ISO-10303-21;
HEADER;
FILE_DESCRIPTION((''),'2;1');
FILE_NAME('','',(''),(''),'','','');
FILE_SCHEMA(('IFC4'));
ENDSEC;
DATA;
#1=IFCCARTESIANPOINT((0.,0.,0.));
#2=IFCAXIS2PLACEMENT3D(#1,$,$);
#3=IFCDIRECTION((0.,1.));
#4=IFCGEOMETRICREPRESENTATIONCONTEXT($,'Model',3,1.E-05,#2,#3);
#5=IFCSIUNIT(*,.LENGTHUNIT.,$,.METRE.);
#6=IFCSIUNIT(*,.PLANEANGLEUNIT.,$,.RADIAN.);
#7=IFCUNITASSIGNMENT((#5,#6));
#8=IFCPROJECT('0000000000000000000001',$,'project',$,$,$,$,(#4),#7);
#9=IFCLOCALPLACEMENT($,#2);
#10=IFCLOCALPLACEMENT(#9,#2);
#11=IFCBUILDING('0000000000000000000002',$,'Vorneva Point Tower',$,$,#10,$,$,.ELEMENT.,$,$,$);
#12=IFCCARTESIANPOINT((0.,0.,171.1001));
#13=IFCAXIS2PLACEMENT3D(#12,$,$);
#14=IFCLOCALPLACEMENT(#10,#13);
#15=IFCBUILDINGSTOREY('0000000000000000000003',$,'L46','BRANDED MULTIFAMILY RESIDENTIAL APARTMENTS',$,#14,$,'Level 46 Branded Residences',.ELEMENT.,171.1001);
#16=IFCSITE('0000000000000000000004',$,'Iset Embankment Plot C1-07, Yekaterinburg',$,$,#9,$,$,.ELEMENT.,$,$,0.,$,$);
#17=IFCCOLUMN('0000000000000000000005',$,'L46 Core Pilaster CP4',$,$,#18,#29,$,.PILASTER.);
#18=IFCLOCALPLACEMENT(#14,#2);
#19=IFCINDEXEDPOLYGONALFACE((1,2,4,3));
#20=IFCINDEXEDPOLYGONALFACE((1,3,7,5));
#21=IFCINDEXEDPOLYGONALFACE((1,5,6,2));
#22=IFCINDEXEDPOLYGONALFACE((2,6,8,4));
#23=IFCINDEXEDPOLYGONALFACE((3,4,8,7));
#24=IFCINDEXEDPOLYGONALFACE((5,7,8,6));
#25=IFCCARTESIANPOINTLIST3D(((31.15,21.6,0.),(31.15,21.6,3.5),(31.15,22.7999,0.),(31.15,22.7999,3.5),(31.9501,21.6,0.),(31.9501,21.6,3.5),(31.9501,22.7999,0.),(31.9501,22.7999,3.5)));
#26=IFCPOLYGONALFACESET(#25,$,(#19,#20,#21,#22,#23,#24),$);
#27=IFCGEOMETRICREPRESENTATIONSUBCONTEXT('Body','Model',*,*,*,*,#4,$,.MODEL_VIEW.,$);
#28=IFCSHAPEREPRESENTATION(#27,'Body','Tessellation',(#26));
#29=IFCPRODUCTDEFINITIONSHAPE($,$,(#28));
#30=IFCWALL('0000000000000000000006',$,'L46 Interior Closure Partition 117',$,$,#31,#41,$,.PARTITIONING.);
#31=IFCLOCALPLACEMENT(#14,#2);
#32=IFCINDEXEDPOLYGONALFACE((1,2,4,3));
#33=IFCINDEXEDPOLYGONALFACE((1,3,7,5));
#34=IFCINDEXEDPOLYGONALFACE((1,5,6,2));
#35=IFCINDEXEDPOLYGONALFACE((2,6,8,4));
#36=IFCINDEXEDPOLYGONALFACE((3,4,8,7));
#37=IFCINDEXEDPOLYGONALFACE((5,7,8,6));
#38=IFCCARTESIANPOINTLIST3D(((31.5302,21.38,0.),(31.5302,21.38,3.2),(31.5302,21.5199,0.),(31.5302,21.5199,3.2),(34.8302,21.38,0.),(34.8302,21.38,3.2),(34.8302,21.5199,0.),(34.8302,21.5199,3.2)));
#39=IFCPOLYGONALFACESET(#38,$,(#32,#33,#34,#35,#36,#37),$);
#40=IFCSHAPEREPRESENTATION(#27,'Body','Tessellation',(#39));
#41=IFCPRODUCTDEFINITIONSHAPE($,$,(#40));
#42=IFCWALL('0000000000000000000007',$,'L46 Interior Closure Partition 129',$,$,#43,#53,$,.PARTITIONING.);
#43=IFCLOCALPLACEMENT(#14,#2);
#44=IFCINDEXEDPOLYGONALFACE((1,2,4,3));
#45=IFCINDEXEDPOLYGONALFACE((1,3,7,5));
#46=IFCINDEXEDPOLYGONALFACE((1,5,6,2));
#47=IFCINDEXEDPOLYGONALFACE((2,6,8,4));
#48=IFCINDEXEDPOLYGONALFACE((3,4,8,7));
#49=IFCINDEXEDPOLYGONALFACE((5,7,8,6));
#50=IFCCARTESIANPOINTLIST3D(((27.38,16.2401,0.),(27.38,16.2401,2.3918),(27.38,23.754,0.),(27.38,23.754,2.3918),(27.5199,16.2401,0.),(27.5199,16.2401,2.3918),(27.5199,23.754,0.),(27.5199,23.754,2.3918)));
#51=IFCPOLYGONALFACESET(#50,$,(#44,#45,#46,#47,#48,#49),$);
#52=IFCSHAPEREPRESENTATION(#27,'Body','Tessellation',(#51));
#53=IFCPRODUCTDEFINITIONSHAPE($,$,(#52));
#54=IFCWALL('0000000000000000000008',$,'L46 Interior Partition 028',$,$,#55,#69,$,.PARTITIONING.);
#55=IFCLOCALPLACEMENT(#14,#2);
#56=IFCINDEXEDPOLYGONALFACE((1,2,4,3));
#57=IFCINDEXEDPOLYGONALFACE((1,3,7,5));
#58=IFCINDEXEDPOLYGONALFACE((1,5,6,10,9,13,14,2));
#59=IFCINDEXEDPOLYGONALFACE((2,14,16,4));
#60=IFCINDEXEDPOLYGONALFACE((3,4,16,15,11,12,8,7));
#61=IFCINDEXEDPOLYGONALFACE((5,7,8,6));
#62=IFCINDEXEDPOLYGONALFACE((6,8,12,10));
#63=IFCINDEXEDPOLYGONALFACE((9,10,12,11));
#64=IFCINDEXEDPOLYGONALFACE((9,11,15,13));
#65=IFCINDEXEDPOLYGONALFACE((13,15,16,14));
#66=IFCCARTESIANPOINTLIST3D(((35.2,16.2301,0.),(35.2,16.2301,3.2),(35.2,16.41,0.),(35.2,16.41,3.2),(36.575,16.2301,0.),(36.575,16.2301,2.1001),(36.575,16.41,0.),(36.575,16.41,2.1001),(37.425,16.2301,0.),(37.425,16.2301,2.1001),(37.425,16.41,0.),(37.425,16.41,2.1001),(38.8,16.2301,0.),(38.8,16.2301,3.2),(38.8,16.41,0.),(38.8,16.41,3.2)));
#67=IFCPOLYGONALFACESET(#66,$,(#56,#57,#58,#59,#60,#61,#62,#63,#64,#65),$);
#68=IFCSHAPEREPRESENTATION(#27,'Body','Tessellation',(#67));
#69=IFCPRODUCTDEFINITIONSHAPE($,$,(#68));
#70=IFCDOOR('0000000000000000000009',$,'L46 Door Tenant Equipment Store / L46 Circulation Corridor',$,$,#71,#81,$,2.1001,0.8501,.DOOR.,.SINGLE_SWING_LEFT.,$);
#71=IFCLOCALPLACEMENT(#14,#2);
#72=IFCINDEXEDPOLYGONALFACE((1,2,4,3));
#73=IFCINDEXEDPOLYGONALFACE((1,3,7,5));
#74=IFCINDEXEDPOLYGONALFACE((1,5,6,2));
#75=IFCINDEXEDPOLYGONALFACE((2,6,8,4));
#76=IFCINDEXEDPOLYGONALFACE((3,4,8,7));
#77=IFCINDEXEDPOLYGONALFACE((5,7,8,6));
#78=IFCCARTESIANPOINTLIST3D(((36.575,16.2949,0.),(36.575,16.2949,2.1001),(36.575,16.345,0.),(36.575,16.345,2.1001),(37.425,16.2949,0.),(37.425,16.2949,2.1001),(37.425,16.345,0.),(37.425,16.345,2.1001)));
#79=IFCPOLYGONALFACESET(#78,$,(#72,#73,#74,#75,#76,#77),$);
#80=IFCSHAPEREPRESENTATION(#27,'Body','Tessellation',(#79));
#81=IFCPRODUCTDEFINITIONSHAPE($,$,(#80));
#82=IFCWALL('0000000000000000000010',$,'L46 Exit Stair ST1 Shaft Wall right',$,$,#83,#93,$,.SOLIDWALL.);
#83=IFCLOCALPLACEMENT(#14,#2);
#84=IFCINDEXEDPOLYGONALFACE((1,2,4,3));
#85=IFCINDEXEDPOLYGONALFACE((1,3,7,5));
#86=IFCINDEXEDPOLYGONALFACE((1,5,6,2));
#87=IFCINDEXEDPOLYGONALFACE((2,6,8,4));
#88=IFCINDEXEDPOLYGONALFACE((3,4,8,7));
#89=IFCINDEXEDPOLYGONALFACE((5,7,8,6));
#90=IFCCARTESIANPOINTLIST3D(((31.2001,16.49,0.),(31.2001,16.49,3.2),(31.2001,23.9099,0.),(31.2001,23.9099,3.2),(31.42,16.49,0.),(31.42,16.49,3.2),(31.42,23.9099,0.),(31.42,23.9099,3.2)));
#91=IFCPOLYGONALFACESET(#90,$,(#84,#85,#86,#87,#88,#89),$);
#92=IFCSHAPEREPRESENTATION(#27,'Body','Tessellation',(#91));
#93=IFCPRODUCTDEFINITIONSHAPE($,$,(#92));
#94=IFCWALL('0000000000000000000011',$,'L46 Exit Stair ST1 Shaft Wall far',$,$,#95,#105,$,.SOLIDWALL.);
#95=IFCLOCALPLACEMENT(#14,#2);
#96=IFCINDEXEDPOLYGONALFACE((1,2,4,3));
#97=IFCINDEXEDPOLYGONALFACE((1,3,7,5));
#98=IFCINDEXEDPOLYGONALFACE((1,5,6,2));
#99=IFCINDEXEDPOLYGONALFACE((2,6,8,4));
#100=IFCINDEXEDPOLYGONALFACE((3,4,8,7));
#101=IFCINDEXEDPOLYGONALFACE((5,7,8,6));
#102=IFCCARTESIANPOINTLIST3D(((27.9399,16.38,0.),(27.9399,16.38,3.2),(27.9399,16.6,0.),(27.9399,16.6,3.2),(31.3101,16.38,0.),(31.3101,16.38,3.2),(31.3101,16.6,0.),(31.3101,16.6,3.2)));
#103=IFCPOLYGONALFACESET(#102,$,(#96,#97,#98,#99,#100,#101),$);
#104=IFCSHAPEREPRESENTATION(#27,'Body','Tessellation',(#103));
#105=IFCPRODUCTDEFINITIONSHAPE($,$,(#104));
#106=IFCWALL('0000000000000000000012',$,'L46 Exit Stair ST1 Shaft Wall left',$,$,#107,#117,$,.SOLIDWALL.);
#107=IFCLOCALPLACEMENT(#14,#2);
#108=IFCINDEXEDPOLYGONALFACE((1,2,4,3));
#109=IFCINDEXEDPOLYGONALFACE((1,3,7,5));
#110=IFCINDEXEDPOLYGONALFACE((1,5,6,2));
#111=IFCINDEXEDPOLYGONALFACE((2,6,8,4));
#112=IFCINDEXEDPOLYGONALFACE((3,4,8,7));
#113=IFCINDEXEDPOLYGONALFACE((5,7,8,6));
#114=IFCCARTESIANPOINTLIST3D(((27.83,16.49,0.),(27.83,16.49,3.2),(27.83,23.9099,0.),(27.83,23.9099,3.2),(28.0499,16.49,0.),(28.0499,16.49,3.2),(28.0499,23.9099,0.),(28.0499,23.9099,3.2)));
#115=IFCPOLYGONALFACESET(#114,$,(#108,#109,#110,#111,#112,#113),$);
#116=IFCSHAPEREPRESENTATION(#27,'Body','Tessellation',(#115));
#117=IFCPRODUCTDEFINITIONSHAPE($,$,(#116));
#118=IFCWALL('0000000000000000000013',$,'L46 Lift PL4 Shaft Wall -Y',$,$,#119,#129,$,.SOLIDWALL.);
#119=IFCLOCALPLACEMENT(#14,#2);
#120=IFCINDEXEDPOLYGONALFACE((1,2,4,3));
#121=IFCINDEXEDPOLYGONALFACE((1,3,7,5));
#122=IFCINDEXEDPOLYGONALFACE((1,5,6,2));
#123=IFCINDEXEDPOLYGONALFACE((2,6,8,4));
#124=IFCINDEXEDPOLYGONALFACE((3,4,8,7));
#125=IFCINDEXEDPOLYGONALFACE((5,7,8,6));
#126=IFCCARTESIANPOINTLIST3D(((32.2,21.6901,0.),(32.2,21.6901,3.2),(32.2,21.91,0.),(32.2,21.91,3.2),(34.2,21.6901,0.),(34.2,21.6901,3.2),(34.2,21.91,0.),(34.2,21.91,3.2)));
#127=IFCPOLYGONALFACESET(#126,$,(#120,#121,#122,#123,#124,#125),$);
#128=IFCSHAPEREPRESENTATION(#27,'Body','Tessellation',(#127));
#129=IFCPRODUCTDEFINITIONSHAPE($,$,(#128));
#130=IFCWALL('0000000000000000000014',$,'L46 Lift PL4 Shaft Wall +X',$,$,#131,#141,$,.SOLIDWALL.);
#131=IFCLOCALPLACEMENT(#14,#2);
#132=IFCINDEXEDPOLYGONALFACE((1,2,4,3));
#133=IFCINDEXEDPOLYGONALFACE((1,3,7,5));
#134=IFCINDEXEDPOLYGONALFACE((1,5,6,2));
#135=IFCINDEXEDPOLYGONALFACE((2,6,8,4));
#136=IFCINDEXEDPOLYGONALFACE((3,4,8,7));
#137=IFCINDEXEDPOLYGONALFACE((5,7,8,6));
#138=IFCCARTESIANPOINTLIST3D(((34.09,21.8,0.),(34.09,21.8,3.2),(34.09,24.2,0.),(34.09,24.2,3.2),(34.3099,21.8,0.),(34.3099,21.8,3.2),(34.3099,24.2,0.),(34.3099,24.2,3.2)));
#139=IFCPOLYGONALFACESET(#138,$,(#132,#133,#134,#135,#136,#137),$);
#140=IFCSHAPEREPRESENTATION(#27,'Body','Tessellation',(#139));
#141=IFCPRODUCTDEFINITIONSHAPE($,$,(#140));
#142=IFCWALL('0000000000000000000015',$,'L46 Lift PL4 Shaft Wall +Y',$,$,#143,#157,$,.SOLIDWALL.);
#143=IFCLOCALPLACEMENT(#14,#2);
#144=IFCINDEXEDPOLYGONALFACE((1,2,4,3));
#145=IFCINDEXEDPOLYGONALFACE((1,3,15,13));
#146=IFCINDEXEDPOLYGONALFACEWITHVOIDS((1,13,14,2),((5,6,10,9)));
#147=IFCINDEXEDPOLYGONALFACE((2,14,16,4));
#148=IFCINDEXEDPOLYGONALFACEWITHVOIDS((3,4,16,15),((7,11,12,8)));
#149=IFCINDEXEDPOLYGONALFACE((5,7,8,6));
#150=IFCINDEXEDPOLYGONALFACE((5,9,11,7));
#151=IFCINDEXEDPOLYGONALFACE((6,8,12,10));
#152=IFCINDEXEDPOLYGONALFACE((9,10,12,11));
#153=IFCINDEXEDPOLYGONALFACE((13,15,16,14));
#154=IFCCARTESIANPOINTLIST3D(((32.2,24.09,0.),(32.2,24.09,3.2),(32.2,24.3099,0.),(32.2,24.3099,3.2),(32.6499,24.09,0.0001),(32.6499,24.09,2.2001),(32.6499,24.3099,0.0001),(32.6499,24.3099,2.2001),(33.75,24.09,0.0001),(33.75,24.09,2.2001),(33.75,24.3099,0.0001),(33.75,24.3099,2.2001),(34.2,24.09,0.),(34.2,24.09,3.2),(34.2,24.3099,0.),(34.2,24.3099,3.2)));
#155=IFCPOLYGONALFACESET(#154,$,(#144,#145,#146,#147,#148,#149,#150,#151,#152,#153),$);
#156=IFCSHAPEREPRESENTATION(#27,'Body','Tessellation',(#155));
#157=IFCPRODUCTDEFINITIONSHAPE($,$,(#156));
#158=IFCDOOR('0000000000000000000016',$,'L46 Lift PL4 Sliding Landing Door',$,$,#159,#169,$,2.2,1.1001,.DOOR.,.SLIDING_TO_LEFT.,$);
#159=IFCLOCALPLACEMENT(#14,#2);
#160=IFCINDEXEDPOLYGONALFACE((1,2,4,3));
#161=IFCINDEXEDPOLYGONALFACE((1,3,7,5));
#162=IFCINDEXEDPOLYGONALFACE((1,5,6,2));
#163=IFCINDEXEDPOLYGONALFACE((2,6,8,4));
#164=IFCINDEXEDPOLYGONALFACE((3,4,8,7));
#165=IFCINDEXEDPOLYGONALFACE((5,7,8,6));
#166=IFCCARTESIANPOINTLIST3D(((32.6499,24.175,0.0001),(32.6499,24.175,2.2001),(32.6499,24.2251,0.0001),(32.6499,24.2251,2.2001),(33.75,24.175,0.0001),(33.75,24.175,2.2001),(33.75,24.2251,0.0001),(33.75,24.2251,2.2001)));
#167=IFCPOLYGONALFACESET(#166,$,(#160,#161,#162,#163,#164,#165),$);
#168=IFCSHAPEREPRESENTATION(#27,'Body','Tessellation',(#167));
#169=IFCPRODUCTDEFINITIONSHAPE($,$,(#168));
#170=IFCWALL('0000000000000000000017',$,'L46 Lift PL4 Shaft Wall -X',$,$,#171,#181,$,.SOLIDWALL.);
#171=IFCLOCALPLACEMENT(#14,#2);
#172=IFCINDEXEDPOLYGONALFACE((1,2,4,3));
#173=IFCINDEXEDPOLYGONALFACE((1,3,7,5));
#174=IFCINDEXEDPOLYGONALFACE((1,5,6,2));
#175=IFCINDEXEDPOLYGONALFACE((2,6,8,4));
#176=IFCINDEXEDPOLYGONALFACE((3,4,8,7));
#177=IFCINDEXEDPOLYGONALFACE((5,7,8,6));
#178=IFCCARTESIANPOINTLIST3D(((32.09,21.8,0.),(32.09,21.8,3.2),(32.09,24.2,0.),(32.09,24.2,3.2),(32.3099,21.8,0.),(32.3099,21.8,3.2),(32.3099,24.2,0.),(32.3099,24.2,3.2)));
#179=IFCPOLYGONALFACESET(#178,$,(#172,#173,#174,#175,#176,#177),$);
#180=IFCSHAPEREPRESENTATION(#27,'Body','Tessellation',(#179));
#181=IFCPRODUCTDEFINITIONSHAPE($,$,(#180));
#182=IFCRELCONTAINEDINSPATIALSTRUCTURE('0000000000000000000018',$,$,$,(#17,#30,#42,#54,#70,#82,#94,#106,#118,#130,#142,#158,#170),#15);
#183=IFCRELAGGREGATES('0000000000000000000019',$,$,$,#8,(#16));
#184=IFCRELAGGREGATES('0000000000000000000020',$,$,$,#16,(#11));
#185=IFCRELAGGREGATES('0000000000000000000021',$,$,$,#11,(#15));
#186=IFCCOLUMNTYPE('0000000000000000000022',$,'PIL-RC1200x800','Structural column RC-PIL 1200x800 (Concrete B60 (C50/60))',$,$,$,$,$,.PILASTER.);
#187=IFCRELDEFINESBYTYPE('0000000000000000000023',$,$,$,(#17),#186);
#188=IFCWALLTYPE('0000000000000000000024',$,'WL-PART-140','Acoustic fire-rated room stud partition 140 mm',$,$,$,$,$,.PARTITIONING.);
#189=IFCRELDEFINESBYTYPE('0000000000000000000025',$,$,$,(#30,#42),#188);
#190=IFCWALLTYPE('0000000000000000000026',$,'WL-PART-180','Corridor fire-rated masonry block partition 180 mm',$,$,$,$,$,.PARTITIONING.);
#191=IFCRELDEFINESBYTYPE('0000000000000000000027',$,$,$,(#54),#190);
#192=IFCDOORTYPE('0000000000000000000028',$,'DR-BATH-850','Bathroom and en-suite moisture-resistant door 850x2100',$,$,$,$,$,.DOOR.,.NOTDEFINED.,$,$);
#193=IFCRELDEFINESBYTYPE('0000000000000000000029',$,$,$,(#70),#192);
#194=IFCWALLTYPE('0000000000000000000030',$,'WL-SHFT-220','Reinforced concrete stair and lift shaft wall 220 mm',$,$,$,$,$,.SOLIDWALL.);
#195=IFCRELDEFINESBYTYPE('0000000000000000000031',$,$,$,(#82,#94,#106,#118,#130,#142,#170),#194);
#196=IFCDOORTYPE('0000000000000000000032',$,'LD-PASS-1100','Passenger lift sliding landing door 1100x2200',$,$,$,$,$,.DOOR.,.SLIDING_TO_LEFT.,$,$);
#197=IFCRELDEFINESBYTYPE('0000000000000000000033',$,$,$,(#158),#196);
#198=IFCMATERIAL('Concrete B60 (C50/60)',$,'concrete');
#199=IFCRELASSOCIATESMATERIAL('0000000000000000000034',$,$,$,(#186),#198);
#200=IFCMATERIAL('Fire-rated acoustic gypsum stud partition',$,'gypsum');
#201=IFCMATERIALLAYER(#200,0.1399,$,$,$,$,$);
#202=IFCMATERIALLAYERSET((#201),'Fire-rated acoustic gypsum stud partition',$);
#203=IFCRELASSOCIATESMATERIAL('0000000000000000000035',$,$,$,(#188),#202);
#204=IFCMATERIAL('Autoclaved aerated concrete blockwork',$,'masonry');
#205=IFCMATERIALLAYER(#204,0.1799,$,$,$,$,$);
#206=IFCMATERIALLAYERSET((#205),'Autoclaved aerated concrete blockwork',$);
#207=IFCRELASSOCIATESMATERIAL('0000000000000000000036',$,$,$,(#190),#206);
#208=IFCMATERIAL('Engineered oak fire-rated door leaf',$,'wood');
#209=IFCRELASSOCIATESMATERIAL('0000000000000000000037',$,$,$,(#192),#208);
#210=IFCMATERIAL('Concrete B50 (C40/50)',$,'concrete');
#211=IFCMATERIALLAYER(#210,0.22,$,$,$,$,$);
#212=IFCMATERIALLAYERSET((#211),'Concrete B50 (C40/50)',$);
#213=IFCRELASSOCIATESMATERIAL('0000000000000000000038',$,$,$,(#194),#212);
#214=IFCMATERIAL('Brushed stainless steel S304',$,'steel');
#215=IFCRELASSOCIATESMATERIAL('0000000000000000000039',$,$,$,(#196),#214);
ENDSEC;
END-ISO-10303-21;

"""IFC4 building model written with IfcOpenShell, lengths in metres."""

from ifc_helpers import new_model, si_unit, direction, frame, frame_2d, origin, origin_2d, place, context, subcontext, project, spatial, rectangle, extrude, material, layer, layer_set, material_profile, profile_set, type_object, element, fill, save


model = new_model("IFC4")

# Units and contexts
model_context = context("Model", 3, precision=1e-05, world=origin(), true_north=direction((0.0, 1.0)))
body_context = subcontext(model_context, "Body", "Model", "MODEL_VIEW")
ifc_project = project(units=[si_unit("LENGTHUNIT", "METRE"), si_unit("PLANEANGLEUNIT", "RADIAN")], contexts=[model_context])

# Site, building, storey
site_placement = place(None, origin())
site = spatial("IfcSite", under=ifc_project, at=site_placement, Name="Iset Embankment Plot C1-07, Yekaterinburg", CompositionType="ELEMENT", RefElevation=0.0)
building_placement = place(site_placement, origin())
building = spatial("IfcBuilding", under=site, at=building_placement, Name="Vorneva Point Tower", CompositionType="ELEMENT")
storey_placement = place(building_placement, frame((0.0, 0.0, 171.1001)))
storey = spatial("IfcBuildingStorey", under=building, at=storey_placement, Name="L46", Description="BRANDED MULTIFAMILY RESIDENTIAL APARTMENTS", LongName="Level 46 Branded Residences", CompositionType="ELEMENT", Elevation=171.1001)

# Column
ifc_material_1 = material(Name="Concrete B60 (C50/60)", Category="concrete")
ifc_material_profile = material_profile(ifc_material_1, rectangle(XDim=0.8, YDim=1.2, at=origin_2d()), Name="RC-PIL 1200x800")
ifc_profile_set = profile_set([ifc_material_profile], Name="Concrete B60 (C50/60)")
column_type = type_object("IfcColumnType", Name="PIL-RC1200x800", Description="Structural column RC-PIL 1200x800 (Concrete B60 (C50/60))", PredefinedType="PILASTER", material=ifc_profile_set)
column_placement = place(storey_placement, frame((31.55, 22.2, 0.0), z_axis=(0.0, 0.0, 1.0), x_axis=(1.0, 0.0, 0.0)))
element("IfcColumn", 1, at=column_placement, inside=storey, type_object=column_type, Name="L46 Core Pilaster CP4", PredefinedType="PILASTER", context=body_context, shape_type="SweptSolid", body=[
    extrude(rectangle(XDim=0.8, YDim=1.2, at=origin_2d()), origin(), (0.0, 0.0, 1.0), 3.5),
])

# Walls
ifc_material_2 = material(Name="Fire-rated acoustic gypsum stud partition", Category="gypsum")
ifc_layer_1 = layer(ifc_material_2, 0.1399)
ifc_layer_set_1 = layer_set([ifc_layer_1], Name="Fire-rated acoustic gypsum stud partition")
wall_type_1 = type_object("IfcWallType", Name="WL-PART-140", Description="Acoustic fire-rated room stud partition 140 mm", PredefinedType="PARTITIONING", material=ifc_layer_set_1)
wall_1_placement = place(storey_placement, frame((34.8301, 21.45, 0.0), z_axis=(0.0, 0.0, 1.0), x_axis=(-1.0, 0.0, 0.0)))
element("IfcWall", 2, at=wall_1_placement, inside=storey, type_object=wall_type_1, Name="L46 Interior Closure Partition 117", PredefinedType="PARTITIONING", context=body_context, shape_type="SweptSolid", body=[
    extrude(rectangle(XDim=3.3, YDim=0.1399, at=frame_2d((1.6499, 0.0))), origin(), (0.0, 0.0, 1.0), 3.2),
])
wall_2_placement = place(storey_placement, frame((27.45, 23.7539, 0.0), z_axis=(0.0, 0.0, 1.0), x_axis=(0.0, -1.0, 0.0)))
element("IfcWall", 3, at=wall_2_placement, inside=storey, type_object=wall_type_1, Name="L46 Interior Closure Partition 129", PredefinedType="PARTITIONING", context=body_context, shape_type="SweptSolid", body=[
    extrude(rectangle(XDim=7.5139, YDim=0.1399, at=frame_2d((3.7568, 0.0))), origin(), (0.0, 0.0, 1.0), 2.3918),
])

# Wall, opening, door
ifc_material_3 = material(Name="Autoclaved aerated concrete blockwork", Category="masonry")
ifc_layer_2 = layer(ifc_material_3, 0.1799)
ifc_layer_set_2 = layer_set([ifc_layer_2], Name="Autoclaved aerated concrete blockwork")
wall_type_2 = type_object("IfcWallType", Name="WL-PART-180", Description="Corridor fire-rated masonry block partition 180 mm", PredefinedType="PARTITIONING", material=ifc_layer_set_2)
wall_3_placement = place(storey_placement, frame((35.2, 16.3201, 0.0), z_axis=(0.0, 0.0, 1.0), x_axis=(1.0, 0.0, 0.0)))
wall_3 = element("IfcWall", 4, at=wall_3_placement, inside=storey, type_object=wall_type_2, Name="L46 Interior Partition 028", PredefinedType="PARTITIONING", context=body_context, shape_type="SweptSolid", body=[
    extrude(rectangle(XDim=3.6001, YDim=0.1799, at=frame_2d((1.8, 0.0))), origin(), (0.0, 0.0, 1.0), 3.2),
])
opening_1_placement = place(wall_3_placement, frame((1.375, 0.0, 0.0)))
opening_1 = element("IfcOpeningElement", 5, at=opening_1_placement, cuts=wall_3, PredefinedType="OPENING", context=body_context, shape_type="SweptSolid", body=[
    extrude(rectangle(XDim=0.8501, YDim=2.1001, at=frame_2d((0.425, 1.05))), frame((0.0, 0.105, 0.0), z_axis=(0.0, -1.0, 0.0), x_axis=(1.0, 0.0, 0.0)), (0.0, 0.0, 1.0), 0.2097),
])
ifc_material_4 = material(Name="Engineered oak fire-rated door leaf", Category="wood")
door_type_1 = type_object("IfcDoorType", Name="DR-BATH-850", Description="Bathroom and en-suite moisture-resistant door 850x2100", OperationType="NOTDEFINED", PredefinedType="DOOR", material=ifc_material_4)
door_1_placement = place(opening_1_placement, origin())
door_1 = element("IfcDoor", 6, at=door_1_placement, inside=storey, type_object=door_type_1, Name="L46 Door Tenant Equipment Store / L46 Circulation Corridor", OperationType="SINGLE_SWING_LEFT", OverallHeight=2.1001, OverallWidth=0.8501, PredefinedType="DOOR", context=body_context, shape_type="SweptSolid", body=[
    extrude(rectangle(XDim=0.8501, YDim=2.1001, at=frame_2d((0.425, 1.05))), frame((0.0, 0.0249, 0.0), z_axis=(0.0, -1.0, 0.0), x_axis=(1.0, 0.0, 0.0)), (0.0, 0.0, 1.0), 0.05),
])
fill(opening_1, door_1)
ifc_material_5 = material(Name="Concrete B50 (C40/50)", Category="concrete")
ifc_layer_3 = layer(ifc_material_5, 0.22)
ifc_layer_set_3 = layer_set([ifc_layer_3], Name="Concrete B50 (C40/50)")
wall_type_3 = type_object("IfcWallType", Name="WL-SHFT-220", Description="Reinforced concrete stair and lift shaft wall 220 mm", PredefinedType="SOLIDWALL", material=ifc_layer_set_3)

# Walls
wall_4_placement = place(storey_placement, frame((31.3101, 23.9099, 0.0), z_axis=(0.0, 0.0, 1.0), x_axis=(0.0, -1.0, 0.0)))
element("IfcWall", 7, at=wall_4_placement, inside=storey, type_object=wall_type_3, Name="L46 Exit Stair ST1 Shaft Wall right", PredefinedType="SOLIDWALL", context=body_context, shape_type="SweptSolid", body=[
    extrude(rectangle(XDim=7.4199, YDim=0.22, at=frame_2d((3.71, 0.0))), origin(), (0.0, 0.0, 1.0), 3.2),
])
wall_5_placement = place(storey_placement, frame((31.3101, 16.49, 0.0), z_axis=(0.0, 0.0, 1.0), x_axis=(-1.0, 0.0, 0.0)))
element("IfcWall", 8, at=wall_5_placement, inside=storey, type_object=wall_type_3, Name="L46 Exit Stair ST1 Shaft Wall far", PredefinedType="SOLIDWALL", context=body_context, shape_type="SweptSolid", body=[
    extrude(rectangle(XDim=3.3701, YDim=0.22, at=frame_2d((1.6851, 0.0))), origin(), (0.0, 0.0, 1.0), 3.2),
])
wall_6_placement = place(storey_placement, frame((27.9399, 16.49, 0.0), z_axis=(0.0, 0.0, 1.0), x_axis=(0.0, 1.0, 0.0)))
element("IfcWall", 9, at=wall_6_placement, inside=storey, type_object=wall_type_3, Name="L46 Exit Stair ST1 Shaft Wall left", PredefinedType="SOLIDWALL", context=body_context, shape_type="SweptSolid", body=[
    extrude(rectangle(XDim=7.4199, YDim=0.22, at=frame_2d((3.71, 0.0))), origin(), (0.0, 0.0, 1.0), 3.2),
])
wall_7_placement = place(storey_placement, frame((32.2, 21.8, 0.0), z_axis=(0.0, 0.0, 1.0), x_axis=(1.0, 0.0, 0.0)))
element("IfcWall", 10, at=wall_7_placement, inside=storey, type_object=wall_type_3, Name="L46 Lift PL4 Shaft Wall -Y", PredefinedType="SOLIDWALL", context=body_context, shape_type="SweptSolid", body=[
    extrude(rectangle(XDim=2.0, YDim=0.22, at=frame_2d((1.0, 0.0))), origin(), (0.0, 0.0, 1.0), 3.2),
])
wall_8_placement = place(storey_placement, frame((34.2, 21.8, 0.0), z_axis=(0.0, 0.0, 1.0), x_axis=(0.0, 1.0, 0.0)))
element("IfcWall", 11, at=wall_8_placement, inside=storey, type_object=wall_type_3, Name="L46 Lift PL4 Shaft Wall +X", PredefinedType="SOLIDWALL", context=body_context, shape_type="SweptSolid", body=[
    extrude(rectangle(XDim=2.3999, YDim=0.22, at=frame_2d((1.2, 0.0))), origin(), (0.0, 0.0, 1.0), 3.2),
])

# Wall, opening, door
wall_9_placement = place(storey_placement, frame((34.2, 24.2, 0.0), z_axis=(0.0, 0.0, 1.0), x_axis=(-1.0, 0.0, 0.0)))
wall_9 = element("IfcWall", 12, at=wall_9_placement, inside=storey, type_object=wall_type_3, Name="L46 Lift PL4 Shaft Wall +Y", PredefinedType="SOLIDWALL", context=body_context, shape_type="SweptSolid", body=[
    extrude(rectangle(XDim=2.0, YDim=0.22, at=frame_2d((1.0, 0.0))), origin(), (0.0, 0.0, 1.0), 3.2),
])
opening_2_placement = place(wall_9_placement, frame((0.45, 0.0, 0.0)))
opening_2 = element("IfcOpeningElement", 13, at=opening_2_placement, cuts=wall_9, PredefinedType="OPENING", context=body_context, shape_type="SweptSolid", body=[
    extrude(rectangle(XDim=1.1001, YDim=2.2, at=frame_2d((0.55, 1.1001))), frame((0.0, 0.125, 0.0), z_axis=(0.0, -1.0, 0.0), x_axis=(1.0, 0.0, 0.0)), (0.0, 0.0, 1.0), 0.2498),
])
ifc_material_6 = material(Name="Brushed stainless steel S304", Category="steel")
door_type_2 = type_object("IfcDoorType", Name="LD-PASS-1100", Description="Passenger lift sliding landing door 1100x2200", OperationType="SLIDING_TO_LEFT", PredefinedType="DOOR", material=ifc_material_6)
door_2_placement = place(opening_2_placement, origin())
door_2 = element("IfcDoor", 14, at=door_2_placement, inside=storey, type_object=door_type_2, Name="L46 Lift PL4 Sliding Landing Door", OperationType="SLIDING_TO_LEFT", OverallHeight=2.2, OverallWidth=1.1001, PredefinedType="DOOR", context=body_context, shape_type="SweptSolid", body=[
    extrude(rectangle(XDim=1.1001, YDim=2.2, at=frame_2d((0.55, 1.1001))), frame((0.0, 0.0249, 0.0), z_axis=(0.0, -1.0, 0.0), x_axis=(1.0, 0.0, 0.0)), (0.0, 0.0, 1.0), 0.05),
])
fill(opening_2, door_2)

# Wall
wall_10_placement = place(storey_placement, frame((32.2, 24.2, 0.0), z_axis=(0.0, 0.0, 1.0), x_axis=(0.0, -1.0, 0.0)))
element("IfcWall", 15, at=wall_10_placement, inside=storey, type_object=wall_type_3, Name="L46 Lift PL4 Shaft Wall -X", PredefinedType="SOLIDWALL", context=body_context, shape_type="SweptSolid", body=[
    extrude(rectangle(XDim=2.3999, YDim=0.22, at=frame_2d((1.2, 0.0))), origin(), (0.0, 0.0, 1.0), 3.2),
])

save(model, "model.ifc")
